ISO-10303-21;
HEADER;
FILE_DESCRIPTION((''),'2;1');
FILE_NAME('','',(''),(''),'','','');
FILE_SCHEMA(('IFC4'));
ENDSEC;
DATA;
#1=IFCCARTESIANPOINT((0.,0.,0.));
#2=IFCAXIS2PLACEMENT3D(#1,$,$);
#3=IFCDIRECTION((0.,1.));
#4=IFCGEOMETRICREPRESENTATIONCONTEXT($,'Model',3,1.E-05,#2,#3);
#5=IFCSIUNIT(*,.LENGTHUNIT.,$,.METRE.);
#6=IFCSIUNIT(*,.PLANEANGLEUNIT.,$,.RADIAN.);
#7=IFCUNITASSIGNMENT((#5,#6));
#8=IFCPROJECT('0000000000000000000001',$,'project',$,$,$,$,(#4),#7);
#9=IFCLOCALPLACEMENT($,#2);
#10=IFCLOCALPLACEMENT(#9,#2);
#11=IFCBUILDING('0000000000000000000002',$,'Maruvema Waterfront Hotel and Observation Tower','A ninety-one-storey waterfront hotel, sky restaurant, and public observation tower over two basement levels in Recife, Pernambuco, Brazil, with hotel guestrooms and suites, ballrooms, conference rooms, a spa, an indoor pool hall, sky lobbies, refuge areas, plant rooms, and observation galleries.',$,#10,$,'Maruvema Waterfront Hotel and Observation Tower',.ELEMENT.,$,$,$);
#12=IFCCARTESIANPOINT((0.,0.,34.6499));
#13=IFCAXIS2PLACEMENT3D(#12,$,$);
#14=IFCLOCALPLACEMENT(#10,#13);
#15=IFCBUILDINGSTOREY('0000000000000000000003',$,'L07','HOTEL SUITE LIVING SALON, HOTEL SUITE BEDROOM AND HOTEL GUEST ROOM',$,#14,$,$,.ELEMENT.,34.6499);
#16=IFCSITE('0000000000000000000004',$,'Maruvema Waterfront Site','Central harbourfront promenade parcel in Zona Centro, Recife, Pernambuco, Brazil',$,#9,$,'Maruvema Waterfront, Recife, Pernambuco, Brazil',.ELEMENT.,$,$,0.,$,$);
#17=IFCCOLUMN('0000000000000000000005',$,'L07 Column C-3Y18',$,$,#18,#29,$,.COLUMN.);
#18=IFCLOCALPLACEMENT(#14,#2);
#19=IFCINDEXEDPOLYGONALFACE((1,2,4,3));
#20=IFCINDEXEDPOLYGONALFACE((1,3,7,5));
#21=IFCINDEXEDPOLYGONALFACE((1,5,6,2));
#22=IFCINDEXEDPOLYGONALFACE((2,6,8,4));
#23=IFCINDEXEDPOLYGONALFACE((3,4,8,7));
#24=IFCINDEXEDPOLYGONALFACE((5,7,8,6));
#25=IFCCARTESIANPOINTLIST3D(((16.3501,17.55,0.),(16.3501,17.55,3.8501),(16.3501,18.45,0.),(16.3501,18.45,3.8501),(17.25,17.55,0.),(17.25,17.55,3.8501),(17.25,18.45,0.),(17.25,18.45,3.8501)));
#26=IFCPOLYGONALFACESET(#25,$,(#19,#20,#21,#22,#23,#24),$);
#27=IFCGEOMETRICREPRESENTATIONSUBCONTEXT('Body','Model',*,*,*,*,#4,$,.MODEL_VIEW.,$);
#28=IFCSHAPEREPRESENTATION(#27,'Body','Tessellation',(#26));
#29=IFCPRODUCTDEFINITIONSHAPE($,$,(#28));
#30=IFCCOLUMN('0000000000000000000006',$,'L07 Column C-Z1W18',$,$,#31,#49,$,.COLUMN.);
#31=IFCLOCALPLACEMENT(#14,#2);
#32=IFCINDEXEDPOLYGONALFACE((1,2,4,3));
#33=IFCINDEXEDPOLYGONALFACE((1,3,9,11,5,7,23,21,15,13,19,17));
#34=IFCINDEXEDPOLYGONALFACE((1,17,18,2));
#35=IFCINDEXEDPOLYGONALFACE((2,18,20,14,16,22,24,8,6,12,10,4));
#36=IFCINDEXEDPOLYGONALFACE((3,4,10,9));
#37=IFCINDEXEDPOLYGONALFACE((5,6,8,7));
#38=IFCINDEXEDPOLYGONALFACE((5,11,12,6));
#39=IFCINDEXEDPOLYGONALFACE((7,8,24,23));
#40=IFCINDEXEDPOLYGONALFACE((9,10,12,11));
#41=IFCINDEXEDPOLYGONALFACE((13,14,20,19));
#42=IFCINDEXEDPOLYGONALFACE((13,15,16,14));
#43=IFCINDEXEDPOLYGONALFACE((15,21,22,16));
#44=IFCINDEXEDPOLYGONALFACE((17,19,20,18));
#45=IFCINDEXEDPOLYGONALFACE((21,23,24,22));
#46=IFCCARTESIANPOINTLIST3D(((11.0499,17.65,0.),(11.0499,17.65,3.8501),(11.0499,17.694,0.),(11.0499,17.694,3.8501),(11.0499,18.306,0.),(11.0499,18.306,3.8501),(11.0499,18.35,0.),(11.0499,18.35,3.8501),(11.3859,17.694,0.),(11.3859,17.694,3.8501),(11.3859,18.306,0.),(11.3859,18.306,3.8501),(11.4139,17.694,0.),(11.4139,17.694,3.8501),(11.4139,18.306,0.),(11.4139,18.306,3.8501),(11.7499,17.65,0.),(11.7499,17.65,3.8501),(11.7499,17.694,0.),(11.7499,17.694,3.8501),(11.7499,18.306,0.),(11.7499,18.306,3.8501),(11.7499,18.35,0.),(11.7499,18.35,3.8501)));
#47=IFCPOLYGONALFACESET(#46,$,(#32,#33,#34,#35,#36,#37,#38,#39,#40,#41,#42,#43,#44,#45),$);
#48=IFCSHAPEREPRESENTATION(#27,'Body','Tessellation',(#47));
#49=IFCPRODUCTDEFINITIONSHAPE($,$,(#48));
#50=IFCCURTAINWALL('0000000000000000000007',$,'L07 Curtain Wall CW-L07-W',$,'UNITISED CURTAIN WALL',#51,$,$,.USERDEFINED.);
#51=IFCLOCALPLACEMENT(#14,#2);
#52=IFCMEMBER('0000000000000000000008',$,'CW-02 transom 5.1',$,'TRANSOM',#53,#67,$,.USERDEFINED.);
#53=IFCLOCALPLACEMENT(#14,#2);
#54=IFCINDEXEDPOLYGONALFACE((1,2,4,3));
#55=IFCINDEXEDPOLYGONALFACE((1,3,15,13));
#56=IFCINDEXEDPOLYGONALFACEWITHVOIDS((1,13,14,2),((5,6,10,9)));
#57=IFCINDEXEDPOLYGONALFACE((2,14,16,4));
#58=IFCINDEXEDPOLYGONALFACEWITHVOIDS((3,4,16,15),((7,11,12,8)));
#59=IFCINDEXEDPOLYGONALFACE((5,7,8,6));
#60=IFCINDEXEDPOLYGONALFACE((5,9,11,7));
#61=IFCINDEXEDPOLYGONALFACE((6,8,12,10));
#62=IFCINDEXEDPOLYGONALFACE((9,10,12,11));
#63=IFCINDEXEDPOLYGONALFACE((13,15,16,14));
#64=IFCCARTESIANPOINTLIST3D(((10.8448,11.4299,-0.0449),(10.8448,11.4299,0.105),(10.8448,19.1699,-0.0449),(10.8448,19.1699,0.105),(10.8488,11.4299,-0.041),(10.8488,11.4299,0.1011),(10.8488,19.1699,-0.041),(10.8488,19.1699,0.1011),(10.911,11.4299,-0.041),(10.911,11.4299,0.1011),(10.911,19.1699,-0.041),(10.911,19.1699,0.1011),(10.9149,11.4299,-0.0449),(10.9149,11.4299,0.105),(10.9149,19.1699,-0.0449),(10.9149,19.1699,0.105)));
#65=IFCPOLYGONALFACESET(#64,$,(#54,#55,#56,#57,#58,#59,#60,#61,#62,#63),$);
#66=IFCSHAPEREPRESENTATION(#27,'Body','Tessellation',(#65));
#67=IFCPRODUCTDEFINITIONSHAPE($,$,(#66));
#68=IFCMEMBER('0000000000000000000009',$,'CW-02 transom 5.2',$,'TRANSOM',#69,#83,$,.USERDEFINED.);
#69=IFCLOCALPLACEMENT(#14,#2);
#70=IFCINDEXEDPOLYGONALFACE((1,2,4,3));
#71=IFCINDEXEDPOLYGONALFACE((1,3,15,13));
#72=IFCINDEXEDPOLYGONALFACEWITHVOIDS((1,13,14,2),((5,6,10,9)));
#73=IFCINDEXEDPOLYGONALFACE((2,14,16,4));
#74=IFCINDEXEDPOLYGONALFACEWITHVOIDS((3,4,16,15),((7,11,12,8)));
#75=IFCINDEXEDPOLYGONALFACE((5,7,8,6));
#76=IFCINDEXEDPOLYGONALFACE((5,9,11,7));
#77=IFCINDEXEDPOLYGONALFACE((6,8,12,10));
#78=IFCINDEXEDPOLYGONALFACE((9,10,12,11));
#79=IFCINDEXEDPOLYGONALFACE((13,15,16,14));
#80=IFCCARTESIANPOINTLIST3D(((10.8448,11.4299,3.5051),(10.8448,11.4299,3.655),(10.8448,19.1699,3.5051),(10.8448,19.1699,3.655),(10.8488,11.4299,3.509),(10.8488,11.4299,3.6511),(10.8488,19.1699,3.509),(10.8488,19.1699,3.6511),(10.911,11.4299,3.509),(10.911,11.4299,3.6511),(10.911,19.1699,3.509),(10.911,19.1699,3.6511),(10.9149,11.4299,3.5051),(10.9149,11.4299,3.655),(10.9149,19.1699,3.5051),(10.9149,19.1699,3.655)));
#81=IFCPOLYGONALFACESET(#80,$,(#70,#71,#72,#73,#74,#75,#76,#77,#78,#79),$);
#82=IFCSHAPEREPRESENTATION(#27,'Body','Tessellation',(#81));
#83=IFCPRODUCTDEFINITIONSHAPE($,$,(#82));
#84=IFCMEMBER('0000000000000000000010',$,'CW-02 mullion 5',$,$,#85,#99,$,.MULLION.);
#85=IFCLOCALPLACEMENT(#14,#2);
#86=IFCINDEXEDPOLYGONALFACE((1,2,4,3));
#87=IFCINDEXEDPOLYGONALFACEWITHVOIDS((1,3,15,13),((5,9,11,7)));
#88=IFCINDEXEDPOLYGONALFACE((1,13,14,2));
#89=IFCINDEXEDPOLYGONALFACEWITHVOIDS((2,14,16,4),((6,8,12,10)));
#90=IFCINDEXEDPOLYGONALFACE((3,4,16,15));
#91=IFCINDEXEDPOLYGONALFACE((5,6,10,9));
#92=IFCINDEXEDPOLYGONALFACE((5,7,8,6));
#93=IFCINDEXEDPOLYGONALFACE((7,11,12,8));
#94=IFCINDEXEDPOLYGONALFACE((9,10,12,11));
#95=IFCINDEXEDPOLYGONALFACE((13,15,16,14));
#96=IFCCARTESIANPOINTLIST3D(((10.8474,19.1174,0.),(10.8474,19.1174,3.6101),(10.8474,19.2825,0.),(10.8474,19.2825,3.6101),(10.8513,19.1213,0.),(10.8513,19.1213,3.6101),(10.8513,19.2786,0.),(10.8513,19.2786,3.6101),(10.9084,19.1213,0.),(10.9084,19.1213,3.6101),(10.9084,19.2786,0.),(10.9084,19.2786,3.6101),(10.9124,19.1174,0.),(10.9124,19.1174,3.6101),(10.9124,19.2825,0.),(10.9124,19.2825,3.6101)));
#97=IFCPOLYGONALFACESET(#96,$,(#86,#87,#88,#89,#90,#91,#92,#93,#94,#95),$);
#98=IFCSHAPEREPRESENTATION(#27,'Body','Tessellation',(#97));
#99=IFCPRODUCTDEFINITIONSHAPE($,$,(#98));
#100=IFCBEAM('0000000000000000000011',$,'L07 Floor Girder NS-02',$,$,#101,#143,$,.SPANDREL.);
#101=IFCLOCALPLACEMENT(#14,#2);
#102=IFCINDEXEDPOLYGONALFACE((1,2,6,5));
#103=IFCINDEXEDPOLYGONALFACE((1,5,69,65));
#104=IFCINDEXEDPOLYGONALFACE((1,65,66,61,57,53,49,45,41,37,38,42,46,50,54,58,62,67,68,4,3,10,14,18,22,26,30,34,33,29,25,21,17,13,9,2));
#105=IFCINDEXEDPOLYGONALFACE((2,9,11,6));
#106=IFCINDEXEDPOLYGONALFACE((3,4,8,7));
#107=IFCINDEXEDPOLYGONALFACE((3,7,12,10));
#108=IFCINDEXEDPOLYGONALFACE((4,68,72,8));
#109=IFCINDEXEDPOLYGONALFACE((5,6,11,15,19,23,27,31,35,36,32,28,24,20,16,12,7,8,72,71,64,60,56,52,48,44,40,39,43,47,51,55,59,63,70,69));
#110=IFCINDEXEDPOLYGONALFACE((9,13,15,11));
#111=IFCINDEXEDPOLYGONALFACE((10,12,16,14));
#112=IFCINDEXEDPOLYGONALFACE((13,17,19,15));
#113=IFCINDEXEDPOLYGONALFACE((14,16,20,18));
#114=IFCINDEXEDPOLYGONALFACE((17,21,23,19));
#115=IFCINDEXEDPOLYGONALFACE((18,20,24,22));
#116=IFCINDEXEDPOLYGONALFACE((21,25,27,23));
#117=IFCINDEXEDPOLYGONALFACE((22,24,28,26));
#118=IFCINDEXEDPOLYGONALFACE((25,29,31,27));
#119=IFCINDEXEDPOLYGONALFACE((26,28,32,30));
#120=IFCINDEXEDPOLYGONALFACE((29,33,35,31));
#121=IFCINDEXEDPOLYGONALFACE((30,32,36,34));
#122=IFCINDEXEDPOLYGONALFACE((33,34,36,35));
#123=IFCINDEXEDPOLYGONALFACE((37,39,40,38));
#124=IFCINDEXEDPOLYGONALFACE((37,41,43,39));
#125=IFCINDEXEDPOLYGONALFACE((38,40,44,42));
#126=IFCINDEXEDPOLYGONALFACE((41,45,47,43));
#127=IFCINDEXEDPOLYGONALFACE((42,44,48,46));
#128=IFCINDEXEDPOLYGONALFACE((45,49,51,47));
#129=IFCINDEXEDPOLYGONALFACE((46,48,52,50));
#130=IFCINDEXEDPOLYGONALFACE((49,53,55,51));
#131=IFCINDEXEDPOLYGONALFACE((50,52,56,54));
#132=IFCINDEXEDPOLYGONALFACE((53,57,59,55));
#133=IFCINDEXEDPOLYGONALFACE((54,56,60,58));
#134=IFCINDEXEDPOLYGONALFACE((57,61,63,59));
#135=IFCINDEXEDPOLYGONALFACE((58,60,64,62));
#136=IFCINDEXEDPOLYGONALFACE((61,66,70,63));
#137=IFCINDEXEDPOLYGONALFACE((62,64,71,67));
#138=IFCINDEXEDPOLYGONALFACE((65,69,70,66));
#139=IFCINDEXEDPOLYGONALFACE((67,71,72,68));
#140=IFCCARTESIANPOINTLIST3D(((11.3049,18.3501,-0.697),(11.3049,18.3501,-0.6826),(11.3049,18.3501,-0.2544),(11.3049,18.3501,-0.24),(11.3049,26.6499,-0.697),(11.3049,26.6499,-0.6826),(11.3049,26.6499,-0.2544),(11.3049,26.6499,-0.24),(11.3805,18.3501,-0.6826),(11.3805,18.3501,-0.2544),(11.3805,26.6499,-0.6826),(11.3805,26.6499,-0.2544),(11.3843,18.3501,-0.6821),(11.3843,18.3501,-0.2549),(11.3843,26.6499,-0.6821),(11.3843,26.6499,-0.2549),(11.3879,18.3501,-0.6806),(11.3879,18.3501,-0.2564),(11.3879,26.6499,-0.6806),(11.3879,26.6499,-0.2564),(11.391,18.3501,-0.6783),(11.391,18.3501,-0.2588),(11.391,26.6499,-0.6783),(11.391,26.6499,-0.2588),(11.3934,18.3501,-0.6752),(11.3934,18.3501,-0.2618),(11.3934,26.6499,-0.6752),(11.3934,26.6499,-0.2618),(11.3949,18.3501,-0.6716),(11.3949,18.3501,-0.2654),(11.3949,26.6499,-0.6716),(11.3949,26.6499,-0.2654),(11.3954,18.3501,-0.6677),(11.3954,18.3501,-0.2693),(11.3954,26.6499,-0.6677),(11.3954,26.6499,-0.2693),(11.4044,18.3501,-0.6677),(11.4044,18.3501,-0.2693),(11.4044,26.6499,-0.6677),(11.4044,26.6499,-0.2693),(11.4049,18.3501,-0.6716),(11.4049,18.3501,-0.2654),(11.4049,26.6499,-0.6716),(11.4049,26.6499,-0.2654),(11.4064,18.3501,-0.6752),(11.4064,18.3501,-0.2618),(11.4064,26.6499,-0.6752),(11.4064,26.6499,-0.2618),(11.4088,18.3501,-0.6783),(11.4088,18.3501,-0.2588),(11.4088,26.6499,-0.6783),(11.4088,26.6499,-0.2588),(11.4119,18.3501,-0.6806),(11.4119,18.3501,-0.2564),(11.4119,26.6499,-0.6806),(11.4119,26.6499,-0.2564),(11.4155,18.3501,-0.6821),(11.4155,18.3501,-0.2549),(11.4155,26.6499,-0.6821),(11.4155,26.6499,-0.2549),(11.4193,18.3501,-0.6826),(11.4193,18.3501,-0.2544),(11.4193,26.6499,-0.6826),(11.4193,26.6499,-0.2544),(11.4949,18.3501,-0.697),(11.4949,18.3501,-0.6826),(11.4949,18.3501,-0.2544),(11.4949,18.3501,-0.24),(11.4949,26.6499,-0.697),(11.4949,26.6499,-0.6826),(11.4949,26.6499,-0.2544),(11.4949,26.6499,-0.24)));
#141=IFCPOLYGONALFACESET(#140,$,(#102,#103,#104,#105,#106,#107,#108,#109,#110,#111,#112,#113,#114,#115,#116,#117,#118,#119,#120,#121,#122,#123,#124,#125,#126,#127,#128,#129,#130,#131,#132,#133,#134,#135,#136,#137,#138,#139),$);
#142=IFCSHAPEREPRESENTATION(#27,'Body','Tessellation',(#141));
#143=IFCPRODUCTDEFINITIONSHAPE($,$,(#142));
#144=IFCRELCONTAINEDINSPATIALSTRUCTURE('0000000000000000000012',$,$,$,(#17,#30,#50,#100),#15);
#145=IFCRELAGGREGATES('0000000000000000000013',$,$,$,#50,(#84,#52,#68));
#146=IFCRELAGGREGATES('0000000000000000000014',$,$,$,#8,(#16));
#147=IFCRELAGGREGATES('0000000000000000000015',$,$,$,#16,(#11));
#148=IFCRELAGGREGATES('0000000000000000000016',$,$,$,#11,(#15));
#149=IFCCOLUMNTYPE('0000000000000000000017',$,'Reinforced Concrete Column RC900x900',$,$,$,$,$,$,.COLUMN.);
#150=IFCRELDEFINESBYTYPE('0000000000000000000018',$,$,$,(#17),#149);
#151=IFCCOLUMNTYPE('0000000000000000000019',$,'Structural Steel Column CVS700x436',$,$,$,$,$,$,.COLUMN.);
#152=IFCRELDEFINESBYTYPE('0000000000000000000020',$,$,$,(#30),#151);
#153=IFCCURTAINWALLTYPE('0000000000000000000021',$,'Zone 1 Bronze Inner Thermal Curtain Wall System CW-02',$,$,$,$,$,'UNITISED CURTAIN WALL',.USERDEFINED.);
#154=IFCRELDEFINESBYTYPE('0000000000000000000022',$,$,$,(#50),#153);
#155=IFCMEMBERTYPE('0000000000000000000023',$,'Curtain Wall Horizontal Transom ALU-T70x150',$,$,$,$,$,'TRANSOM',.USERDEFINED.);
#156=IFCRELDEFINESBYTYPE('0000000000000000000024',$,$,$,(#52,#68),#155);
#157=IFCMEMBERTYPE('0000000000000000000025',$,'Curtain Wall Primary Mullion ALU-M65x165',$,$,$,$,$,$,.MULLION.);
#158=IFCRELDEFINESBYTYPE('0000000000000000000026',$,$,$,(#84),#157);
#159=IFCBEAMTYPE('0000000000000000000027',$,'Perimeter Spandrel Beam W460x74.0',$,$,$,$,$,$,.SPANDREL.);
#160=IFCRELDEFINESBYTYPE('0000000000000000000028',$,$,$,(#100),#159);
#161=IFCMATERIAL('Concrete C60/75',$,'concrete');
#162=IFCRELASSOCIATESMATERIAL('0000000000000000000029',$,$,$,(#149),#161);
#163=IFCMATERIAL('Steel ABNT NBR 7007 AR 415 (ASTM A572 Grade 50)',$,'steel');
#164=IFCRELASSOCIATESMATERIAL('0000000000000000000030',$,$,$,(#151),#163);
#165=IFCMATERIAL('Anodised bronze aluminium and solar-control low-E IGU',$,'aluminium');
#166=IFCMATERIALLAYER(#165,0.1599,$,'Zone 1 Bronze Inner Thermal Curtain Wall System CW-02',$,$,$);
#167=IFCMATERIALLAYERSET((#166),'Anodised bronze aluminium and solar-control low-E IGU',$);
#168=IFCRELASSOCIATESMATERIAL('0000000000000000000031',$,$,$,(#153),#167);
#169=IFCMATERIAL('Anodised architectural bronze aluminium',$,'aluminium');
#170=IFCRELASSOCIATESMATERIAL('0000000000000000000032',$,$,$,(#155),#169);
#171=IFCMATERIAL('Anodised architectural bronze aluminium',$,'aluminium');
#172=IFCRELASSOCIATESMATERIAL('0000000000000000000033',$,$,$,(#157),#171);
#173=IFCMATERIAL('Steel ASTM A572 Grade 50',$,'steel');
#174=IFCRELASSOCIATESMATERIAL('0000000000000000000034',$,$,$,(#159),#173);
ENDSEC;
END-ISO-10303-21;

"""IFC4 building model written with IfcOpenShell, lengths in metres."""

from ifc_helpers import new_model, si_unit, direction, frame, origin, origin_2d, place, context, subcontext, project, spatial, rectangle, hollow_rectangle, i_section, extrude, material, layer, layer_set, material_profile, profile_set, type_object, element, aggregate, save


model = new_model("IFC4")

# Units and contexts
model_context = context("Model", 3, precision=1e-05, world=origin(), true_north=direction((0.0, 1.0)))
body_context = subcontext(model_context, "Body", "Model", "MODEL_VIEW")
ifc_project = project(units=[si_unit("LENGTHUNIT", "METRE"), si_unit("PLANEANGLEUNIT", "RADIAN")], contexts=[model_context])

# Site, building, storey
site_placement = place(None, origin())
site = spatial("IfcSite", under=ifc_project, at=site_placement, Name="Maruvema Waterfront Site", Description="Central harbourfront promenade parcel in Zona Centro, Recife, Pernambuco, Brazil", LongName="Maruvema Waterfront, Recife, Pernambuco, Brazil", CompositionType="ELEMENT", RefElevation=0.0)
building_placement = place(site_placement, origin())
building = spatial("IfcBuilding", under=site, at=building_placement, Name="Maruvema Waterfront Hotel and Observation Tower", Description="A ninety-one-storey waterfront hotel, sky restaurant, and public observation tower over two basement levels in Recife, Pernambuco, Brazil, with hotel guestrooms and suites, ballrooms, conference rooms, a spa, an indoor pool hall, sky lobbies, refuge areas, plant rooms, and observation galleries.", LongName="Maruvema Waterfront Hotel and Observation Tower", CompositionType="ELEMENT")
storey_placement = place(building_placement, frame((0.0, 0.0, 34.6499)))
storey = spatial("IfcBuildingStorey", under=building, at=storey_placement, Name="L07", Description="HOTEL SUITE LIVING SALON, HOTEL SUITE BEDROOM AND HOTEL GUEST ROOM", CompositionType="ELEMENT", Elevation=34.6499)

# Columns
ifc_material_1 = material(Name="Concrete C60/75", Category="concrete")
ifc_material_profile_1 = material_profile(ifc_material_1, rectangle(XDim=0.8999, YDim=0.8999, at=origin_2d()), Name="RC900x900")
ifc_profile_set_1 = profile_set([ifc_material_profile_1], Name="Concrete C60/75")
column_type_1 = type_object("IfcColumnType", Name="Reinforced Concrete Column RC900x900", PredefinedType="COLUMN", material=ifc_profile_set_1)
column_1_placement = place(storey_placement, frame((16.8, 18.0, 0.0), z_axis=(0.0, 0.0, 1.0), x_axis=(1.0, 0.0, 0.0)))
element("IfcColumn", 1, at=column_1_placement, inside=storey, type_object=column_type_1, Name="L07 Column C-3Y18", PredefinedType="COLUMN", context=body_context, shape_type="SweptSolid", body=[
    extrude(rectangle(XDim=0.8999, YDim=0.8999, at=origin_2d()), origin(), (0.0, 0.0, 1.0), 3.8501),
])
ifc_material_2 = material(Name="Steel ABNT NBR 7007 AR 415 (ASTM A572 Grade 50)", Category="steel")
ifc_material_profile_2 = material_profile(ifc_material_2, i_section(OverallWidth=0.7, OverallDepth=0.7, WebThickness=0.0281, FlangeThickness=0.0439, at=origin_2d()), Name="CVS700x436")
ifc_profile_set_2 = profile_set([ifc_material_profile_2], Name="Steel ABNT NBR 7007 AR 415 (ASTM A572 Grade 50)")
column_type_2 = type_object("IfcColumnType", Name="Structural Steel Column CVS700x436", PredefinedType="COLUMN", material=ifc_profile_set_2)
column_2_placement = place(storey_placement, frame((11.3999, 18.0, 0.0), z_axis=(0.0, 0.0, 1.0), x_axis=(1.0, 0.0, 0.0)))
element("IfcColumn", 2, at=column_2_placement, inside=storey, type_object=column_type_2, Name="L07 Column C-Z1W18", PredefinedType="COLUMN", context=body_context, shape_type="SweptSolid", body=[
    extrude(i_section(OverallWidth=0.7, OverallDepth=0.7, WebThickness=0.0281, FlangeThickness=0.0439, at=origin_2d()), origin(), (0.0, 0.0, 1.0), 3.8501),
])

# Curtain wall, members
ifc_material_3 = material(Name="Anodised bronze aluminium and solar-control low-E IGU", Category="aluminium")
ifc_layer_1 = layer(ifc_material_3, 0.1599, Name="Zone 1 Bronze Inner Thermal Curtain Wall System CW-02")
ifc_layer_set_1 = layer_set([ifc_layer_1], Name="Anodised bronze aluminium and solar-control low-E IGU")
curtain_wall_type = type_object("IfcCurtainWallType", Name="Zone 1 Bronze Inner Thermal Curtain Wall System CW-02", ElementType="UNITISED CURTAIN WALL", PredefinedType="USERDEFINED", material=ifc_layer_set_1)
curtain_wall_placement = place(storey_placement, origin())
curtain_wall = element("IfcCurtainWall", 3, at=curtain_wall_placement, inside=storey, type_object=curtain_wall_type, Name="L07 Curtain Wall CW-L07-W", ObjectType="UNITISED CURTAIN WALL", PredefinedType="USERDEFINED")
ifc_material_4 = material(Name="Anodised architectural bronze aluminium", Category="aluminium")
ifc_material_profile_3 = material_profile(ifc_material_4, hollow_rectangle(XDim=0.0701, YDim=0.1499, WallThickness=0.0039, at=origin_2d()), Name="ALU-T70x150")
ifc_profile_set_3 = profile_set([ifc_material_profile_3], Name="Anodised architectural bronze aluminium")
member_type_1 = type_object("IfcMemberType", Name="Curtain Wall Horizontal Transom ALU-T70x150", ElementType="TRANSOM", PredefinedType="USERDEFINED", material=ifc_profile_set_3)
member_1_placement = place(storey_placement, frame((10.8799, 19.1699, 0.03), z_axis=(0.0, -1.0, 0.0), x_axis=(1.0, 0.0, 0.0)))
member_1 = element("IfcMember", 4, at=member_1_placement, type_object=member_type_1, Name="CW-02 transom 5.1", ObjectType="TRANSOM", PredefinedType="USERDEFINED", context=body_context, shape_type="SweptSolid", body=[
    extrude(hollow_rectangle(XDim=0.0701, YDim=0.1499, WallThickness=0.0039, at=origin_2d()), origin(), (0.0, 0.0, 1.0), 7.74),
])
member_2_placement = place(storey_placement, frame((10.8799, 19.1699, 3.5801), z_axis=(0.0, -1.0, 0.0), x_axis=(1.0, 0.0, 0.0)))
member_2 = element("IfcMember", 5, at=member_2_placement, type_object=member_type_1, Name="CW-02 transom 5.2", ObjectType="TRANSOM", PredefinedType="USERDEFINED", context=body_context, shape_type="SweptSolid", body=[
    extrude(hollow_rectangle(XDim=0.0701, YDim=0.1499, WallThickness=0.0039, at=origin_2d()), origin(), (0.0, 0.0, 1.0), 7.74),
])
ifc_material_5 = material(Name="Anodised architectural bronze aluminium", Category="aluminium")
ifc_material_profile_4 = material_profile(ifc_material_5, hollow_rectangle(XDim=0.0649, YDim=0.165, WallThickness=0.0039, at=origin_2d()), Name="ALU-M65x165")
ifc_profile_set_4 = profile_set([ifc_material_profile_4], Name="Anodised architectural bronze aluminium")
member_type_2 = type_object("IfcMemberType", Name="Curtain Wall Primary Mullion ALU-M65x165", PredefinedType="MULLION", material=ifc_profile_set_4)
member_3_placement = place(storey_placement, frame((10.8799, 19.2, 0.0), z_axis=(0.0, 0.0, 1.0), x_axis=(1.0, 0.0, 0.0)))
member_3 = element("IfcMember", 6, at=member_3_placement, type_object=member_type_2, Name="CW-02 mullion 5", PredefinedType="MULLION", context=body_context, shape_type="SweptSolid", body=[
    extrude(hollow_rectangle(XDim=0.0649, YDim=0.165, WallThickness=0.0039, at=origin_2d()), origin(), (0.0, 0.0, 1.0), 3.6101),
])
aggregate(curtain_wall, [member_3, member_1, member_2])

# Beam
ifc_material_6 = material(Name="Steel ASTM A572 Grade 50", Category="steel")
ifc_material_profile_5 = material_profile(ifc_material_6, i_section(OverallWidth=0.1899, OverallDepth=0.457, WebThickness=0.009, FlangeThickness=0.0144, FilletRadius=0.0149, at=origin_2d()), Name="W460x74.0")
ifc_profile_set_5 = profile_set([ifc_material_profile_5], Name="Steel ASTM A572 Grade 50")
beam_type_1 = type_object("IfcBeamType", Name="Perimeter Spandrel Beam W460x74.0", PredefinedType="SPANDREL", material=ifc_profile_set_5)
beam_1_placement = place(storey_placement, frame((11.3999, 18.3501, -0.4685), z_axis=(0.0, 1.0, 0.0), x_axis=(-1.0, 0.0, 0.0)))
element("IfcBeam", 7, at=beam_1_placement, inside=storey, type_object=beam_type_1, Name="L07 Floor Girder NS-02", PredefinedType="SPANDREL", context=body_context, shape_type="SweptSolid", body=[
    extrude(i_section(OverallWidth=0.1899, OverallDepth=0.457, WebThickness=0.009, FlangeThickness=0.0144, FilletRadius=0.0149, at=origin_2d()), origin(), (0.0, 0.0, 1.0), 8.2998),
])

save(model, "model.ifc")
